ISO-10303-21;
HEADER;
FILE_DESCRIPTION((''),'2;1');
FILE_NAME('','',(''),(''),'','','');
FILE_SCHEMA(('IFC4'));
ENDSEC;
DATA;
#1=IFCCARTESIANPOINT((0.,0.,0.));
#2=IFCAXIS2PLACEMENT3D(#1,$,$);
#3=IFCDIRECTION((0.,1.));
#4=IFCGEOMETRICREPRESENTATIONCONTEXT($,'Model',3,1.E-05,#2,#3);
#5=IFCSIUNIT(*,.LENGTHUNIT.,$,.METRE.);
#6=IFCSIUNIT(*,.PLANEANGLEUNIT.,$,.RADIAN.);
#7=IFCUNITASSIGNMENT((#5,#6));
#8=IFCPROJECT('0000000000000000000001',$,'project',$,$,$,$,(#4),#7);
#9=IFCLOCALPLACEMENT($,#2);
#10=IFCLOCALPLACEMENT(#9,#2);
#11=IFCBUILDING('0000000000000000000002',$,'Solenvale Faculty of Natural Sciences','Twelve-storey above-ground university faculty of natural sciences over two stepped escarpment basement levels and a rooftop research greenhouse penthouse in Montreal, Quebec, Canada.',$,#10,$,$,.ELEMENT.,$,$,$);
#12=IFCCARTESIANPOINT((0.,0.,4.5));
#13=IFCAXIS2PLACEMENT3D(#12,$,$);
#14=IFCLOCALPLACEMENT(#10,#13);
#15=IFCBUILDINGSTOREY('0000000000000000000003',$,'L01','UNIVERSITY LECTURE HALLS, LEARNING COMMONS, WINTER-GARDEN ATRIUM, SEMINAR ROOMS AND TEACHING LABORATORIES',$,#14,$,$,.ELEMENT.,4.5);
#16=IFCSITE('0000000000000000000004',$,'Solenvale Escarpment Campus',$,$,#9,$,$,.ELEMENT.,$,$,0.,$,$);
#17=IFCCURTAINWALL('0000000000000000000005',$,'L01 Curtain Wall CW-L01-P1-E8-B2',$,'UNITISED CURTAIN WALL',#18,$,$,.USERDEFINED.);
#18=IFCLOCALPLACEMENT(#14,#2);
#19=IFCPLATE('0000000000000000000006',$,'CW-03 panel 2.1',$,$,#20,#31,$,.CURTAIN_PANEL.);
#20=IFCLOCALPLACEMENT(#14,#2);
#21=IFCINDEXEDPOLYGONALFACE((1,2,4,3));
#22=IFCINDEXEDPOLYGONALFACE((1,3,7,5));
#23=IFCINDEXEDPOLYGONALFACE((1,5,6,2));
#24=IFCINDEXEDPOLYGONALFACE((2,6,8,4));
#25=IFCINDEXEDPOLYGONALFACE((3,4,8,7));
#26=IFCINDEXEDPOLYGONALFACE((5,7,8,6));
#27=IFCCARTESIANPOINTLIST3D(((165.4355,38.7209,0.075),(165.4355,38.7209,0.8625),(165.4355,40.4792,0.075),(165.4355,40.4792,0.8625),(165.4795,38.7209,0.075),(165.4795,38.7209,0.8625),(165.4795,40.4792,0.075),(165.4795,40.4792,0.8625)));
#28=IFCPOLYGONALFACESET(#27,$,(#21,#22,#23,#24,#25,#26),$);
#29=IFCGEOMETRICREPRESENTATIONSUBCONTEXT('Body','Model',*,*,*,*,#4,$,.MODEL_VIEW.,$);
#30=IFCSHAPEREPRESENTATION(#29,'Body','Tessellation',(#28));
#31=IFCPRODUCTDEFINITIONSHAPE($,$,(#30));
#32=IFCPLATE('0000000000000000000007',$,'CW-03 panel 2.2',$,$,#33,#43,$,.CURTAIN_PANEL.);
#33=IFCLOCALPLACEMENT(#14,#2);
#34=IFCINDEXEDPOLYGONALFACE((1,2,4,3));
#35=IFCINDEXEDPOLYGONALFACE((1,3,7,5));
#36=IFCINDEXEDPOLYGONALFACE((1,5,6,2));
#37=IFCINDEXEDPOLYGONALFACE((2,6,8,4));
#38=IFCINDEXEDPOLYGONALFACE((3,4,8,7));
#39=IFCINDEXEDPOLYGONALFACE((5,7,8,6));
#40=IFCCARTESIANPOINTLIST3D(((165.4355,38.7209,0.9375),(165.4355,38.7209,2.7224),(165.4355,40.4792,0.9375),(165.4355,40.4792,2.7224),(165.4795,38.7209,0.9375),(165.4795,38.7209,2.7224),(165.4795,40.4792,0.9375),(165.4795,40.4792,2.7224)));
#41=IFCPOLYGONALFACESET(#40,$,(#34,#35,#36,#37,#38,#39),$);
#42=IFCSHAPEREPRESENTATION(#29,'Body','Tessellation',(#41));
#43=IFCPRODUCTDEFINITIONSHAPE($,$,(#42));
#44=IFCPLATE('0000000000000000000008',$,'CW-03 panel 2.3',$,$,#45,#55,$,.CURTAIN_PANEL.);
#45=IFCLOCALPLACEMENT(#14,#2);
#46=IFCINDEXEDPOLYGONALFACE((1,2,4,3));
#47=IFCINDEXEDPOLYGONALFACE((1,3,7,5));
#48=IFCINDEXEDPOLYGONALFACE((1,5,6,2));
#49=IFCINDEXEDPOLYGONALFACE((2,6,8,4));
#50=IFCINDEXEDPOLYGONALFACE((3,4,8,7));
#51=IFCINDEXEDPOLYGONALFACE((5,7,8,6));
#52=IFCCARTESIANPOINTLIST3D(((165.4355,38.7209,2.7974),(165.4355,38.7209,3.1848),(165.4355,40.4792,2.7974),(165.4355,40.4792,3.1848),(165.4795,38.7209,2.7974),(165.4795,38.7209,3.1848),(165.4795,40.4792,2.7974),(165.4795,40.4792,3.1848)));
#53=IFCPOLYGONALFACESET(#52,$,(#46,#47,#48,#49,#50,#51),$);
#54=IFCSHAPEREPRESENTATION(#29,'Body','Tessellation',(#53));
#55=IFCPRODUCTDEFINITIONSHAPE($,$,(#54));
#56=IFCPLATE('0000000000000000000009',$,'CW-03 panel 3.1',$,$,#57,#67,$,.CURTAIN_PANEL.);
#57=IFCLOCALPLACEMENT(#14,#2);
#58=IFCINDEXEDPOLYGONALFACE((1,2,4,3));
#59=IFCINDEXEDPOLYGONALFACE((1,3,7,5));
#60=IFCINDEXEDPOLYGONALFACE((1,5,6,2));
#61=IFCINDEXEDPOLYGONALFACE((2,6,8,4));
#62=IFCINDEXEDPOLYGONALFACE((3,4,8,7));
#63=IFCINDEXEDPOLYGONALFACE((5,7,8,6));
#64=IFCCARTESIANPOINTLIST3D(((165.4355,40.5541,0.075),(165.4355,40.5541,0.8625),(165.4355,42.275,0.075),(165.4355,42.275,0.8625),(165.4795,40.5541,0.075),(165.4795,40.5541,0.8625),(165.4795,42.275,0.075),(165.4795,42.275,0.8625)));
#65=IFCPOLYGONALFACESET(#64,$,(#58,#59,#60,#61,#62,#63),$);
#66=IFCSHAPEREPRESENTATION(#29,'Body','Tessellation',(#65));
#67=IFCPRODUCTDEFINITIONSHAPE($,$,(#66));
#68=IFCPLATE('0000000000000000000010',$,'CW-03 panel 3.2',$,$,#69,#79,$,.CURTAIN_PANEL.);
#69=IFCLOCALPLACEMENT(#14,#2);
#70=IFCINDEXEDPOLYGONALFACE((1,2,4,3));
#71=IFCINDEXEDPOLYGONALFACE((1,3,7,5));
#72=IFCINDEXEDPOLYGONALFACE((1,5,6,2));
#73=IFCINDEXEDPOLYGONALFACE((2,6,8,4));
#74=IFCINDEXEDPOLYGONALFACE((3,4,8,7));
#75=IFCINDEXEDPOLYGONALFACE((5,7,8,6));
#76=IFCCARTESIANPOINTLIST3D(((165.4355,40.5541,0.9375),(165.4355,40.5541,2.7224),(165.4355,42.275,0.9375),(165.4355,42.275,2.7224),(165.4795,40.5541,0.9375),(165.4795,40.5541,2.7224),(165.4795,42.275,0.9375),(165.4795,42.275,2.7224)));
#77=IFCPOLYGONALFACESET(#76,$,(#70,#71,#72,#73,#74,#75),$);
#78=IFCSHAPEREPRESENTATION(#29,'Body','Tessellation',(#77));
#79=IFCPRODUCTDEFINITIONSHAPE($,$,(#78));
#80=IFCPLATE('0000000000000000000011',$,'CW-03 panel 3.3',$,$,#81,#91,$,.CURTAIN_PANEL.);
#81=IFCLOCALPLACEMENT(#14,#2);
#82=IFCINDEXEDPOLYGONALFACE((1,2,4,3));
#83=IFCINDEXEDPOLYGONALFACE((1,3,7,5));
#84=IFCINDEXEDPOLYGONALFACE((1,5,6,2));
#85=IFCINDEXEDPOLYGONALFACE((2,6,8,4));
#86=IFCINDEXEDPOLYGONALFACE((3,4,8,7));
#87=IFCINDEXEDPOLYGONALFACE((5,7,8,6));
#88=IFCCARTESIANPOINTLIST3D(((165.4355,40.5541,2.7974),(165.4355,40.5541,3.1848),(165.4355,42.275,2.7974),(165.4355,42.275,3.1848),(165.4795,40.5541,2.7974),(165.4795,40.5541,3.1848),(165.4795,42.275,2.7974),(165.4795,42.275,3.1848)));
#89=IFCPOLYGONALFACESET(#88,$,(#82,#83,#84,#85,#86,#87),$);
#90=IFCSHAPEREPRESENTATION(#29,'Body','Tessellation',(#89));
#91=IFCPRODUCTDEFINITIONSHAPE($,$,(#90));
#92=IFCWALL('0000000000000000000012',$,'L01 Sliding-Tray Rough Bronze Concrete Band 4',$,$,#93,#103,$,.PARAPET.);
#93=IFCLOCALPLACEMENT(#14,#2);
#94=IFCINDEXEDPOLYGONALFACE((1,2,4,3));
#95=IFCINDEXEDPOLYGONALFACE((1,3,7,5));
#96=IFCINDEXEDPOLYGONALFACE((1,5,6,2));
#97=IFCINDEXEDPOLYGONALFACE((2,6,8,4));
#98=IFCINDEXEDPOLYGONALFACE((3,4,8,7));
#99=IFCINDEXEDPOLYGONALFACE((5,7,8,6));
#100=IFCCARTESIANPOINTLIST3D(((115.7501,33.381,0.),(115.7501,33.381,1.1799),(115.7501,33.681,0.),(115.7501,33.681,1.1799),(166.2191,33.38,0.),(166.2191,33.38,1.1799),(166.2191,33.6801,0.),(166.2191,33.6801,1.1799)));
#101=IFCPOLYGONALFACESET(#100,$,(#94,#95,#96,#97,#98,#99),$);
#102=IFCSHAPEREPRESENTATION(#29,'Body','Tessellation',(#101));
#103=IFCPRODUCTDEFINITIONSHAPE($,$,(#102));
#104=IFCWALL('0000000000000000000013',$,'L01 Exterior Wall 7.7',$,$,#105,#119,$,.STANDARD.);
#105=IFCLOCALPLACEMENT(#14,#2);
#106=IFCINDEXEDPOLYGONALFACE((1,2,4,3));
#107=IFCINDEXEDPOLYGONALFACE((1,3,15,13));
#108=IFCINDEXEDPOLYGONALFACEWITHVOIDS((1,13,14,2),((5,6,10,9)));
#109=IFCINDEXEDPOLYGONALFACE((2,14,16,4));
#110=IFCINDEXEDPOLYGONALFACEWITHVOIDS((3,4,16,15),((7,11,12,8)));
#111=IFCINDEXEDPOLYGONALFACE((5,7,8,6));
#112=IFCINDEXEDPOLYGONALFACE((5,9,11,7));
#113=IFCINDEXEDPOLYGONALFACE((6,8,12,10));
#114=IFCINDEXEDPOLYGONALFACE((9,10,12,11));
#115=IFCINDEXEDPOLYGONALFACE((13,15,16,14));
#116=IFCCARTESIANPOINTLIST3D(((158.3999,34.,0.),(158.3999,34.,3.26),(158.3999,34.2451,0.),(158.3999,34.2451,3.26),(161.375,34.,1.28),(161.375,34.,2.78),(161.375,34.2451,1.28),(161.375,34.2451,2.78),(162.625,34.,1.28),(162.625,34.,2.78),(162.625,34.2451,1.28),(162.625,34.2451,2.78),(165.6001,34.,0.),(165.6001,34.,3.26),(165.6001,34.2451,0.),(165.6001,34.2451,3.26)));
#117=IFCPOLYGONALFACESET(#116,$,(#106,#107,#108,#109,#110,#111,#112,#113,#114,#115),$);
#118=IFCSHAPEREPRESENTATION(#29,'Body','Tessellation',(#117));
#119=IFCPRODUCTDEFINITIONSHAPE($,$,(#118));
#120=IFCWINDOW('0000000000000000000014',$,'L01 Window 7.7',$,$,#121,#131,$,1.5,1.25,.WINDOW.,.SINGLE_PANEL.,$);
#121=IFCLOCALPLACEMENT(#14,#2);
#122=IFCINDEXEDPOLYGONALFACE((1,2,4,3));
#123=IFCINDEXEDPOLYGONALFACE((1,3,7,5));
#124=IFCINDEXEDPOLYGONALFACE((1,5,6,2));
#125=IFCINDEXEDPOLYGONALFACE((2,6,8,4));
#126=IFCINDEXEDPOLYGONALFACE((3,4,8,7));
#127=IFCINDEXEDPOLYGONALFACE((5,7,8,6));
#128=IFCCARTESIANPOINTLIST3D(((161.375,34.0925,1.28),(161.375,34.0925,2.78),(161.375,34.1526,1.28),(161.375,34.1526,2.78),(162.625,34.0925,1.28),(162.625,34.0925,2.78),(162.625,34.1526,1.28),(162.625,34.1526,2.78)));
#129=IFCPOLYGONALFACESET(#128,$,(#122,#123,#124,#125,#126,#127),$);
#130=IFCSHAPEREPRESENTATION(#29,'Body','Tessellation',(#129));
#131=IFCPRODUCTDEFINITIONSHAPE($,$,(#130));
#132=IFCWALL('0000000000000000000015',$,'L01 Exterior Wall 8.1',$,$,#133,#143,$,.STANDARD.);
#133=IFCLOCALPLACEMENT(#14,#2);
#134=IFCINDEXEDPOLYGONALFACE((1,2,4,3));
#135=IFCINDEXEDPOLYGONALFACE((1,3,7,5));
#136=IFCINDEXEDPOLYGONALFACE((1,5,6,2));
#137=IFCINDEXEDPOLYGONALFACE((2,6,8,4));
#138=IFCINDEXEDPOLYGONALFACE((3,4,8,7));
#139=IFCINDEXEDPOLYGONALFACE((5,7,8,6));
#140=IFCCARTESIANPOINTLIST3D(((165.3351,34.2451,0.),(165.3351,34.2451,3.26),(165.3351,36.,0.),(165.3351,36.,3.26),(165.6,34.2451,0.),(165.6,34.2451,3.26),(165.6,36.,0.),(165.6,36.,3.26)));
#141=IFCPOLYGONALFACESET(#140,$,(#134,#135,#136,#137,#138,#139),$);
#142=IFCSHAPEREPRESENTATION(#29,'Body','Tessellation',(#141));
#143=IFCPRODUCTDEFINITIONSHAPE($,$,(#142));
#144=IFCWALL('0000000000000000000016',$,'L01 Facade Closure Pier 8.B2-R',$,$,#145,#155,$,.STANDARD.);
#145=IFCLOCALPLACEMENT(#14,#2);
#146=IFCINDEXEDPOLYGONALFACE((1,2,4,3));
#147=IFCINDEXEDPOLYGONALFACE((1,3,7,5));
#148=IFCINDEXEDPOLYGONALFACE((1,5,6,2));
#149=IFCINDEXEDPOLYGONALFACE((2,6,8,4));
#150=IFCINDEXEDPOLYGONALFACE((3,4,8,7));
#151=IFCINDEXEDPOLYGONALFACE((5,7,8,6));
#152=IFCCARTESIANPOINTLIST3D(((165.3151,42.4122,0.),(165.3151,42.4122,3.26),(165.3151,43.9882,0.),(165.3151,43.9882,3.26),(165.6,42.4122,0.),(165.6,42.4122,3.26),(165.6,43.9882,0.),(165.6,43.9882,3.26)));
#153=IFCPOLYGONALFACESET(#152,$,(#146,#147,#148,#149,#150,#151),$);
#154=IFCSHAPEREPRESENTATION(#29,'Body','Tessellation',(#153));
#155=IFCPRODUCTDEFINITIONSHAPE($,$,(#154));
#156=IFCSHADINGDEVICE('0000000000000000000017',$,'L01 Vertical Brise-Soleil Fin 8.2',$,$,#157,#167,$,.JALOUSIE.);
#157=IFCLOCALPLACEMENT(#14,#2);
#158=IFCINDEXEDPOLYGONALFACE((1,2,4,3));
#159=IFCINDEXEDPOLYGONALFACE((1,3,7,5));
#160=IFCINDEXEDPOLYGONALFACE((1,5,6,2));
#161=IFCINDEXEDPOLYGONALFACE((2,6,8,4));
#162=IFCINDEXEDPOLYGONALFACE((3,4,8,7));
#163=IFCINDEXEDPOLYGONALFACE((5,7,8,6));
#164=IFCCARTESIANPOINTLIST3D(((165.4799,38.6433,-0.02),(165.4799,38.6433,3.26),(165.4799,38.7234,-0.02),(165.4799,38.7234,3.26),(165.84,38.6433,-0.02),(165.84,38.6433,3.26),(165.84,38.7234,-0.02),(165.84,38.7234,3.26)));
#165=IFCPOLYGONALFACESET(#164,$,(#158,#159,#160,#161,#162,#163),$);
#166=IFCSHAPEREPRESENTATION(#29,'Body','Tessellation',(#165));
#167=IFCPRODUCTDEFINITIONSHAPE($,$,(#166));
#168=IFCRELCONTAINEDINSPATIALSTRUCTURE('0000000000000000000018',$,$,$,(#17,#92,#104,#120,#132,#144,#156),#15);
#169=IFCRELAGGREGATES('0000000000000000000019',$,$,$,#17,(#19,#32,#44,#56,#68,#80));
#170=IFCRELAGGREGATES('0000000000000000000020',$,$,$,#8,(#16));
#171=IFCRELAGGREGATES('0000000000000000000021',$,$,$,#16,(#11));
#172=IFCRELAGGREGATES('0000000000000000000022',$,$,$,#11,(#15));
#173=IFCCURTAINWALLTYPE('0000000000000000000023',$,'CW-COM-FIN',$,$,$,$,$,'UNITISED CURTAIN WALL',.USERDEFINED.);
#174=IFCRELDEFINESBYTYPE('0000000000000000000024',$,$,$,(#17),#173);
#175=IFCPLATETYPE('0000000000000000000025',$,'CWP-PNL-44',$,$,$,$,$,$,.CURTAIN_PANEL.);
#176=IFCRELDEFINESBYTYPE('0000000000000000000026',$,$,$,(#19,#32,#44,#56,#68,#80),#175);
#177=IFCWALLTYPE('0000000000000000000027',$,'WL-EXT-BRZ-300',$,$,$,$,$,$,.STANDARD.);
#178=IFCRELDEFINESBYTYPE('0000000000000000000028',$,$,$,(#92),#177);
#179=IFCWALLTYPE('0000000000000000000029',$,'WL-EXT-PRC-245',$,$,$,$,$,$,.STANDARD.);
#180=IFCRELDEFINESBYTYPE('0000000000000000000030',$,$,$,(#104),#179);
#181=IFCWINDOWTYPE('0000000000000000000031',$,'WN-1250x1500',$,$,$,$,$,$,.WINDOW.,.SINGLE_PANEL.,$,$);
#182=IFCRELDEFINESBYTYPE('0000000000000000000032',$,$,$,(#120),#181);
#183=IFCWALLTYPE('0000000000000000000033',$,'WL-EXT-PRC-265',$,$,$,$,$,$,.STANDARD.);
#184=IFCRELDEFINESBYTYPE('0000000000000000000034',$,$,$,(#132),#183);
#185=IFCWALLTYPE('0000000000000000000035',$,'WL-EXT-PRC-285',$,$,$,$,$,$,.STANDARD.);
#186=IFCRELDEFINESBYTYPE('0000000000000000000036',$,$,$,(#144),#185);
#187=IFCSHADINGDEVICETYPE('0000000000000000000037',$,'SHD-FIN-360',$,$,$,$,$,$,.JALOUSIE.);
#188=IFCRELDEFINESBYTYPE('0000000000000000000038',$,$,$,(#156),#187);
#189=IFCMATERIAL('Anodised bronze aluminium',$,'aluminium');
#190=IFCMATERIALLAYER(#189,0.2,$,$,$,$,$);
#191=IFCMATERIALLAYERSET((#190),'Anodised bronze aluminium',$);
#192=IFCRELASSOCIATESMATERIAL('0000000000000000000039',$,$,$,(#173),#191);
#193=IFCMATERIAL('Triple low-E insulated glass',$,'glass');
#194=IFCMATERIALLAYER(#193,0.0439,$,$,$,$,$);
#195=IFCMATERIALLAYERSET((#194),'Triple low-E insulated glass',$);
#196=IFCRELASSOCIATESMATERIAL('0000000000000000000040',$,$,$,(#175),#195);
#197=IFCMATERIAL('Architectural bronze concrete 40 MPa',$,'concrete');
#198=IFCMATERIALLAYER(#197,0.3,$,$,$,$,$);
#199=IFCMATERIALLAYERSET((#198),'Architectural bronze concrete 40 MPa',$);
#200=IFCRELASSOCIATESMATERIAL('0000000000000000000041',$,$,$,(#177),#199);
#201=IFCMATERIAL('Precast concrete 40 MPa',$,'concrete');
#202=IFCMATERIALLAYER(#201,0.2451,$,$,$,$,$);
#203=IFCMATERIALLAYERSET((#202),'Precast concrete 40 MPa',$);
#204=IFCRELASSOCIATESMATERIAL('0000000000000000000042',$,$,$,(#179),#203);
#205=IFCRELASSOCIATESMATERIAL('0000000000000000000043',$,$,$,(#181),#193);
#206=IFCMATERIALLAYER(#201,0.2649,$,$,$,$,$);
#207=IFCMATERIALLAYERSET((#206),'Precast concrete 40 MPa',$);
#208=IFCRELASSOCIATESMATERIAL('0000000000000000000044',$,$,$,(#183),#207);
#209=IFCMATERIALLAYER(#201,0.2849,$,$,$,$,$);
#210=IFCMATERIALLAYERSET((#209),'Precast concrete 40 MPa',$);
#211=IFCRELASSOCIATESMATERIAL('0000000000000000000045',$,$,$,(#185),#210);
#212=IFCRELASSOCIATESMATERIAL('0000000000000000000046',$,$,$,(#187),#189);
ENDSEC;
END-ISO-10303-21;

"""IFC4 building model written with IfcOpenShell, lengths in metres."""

from ifc_helpers import new_model, si_unit, direction, frame, frame_2d, origin, origin_2d, place, context, subcontext, project, spatial, rectangle, extrude, material, layer, layer_set, material_profile, profile_set, type_object, element, fill, aggregate, save


model = new_model("IFC4")

# Units and contexts
model_context = context("Model", 3, precision=1e-05, world=origin(), true_north=direction((0.0, 1.0)))
body_context = subcontext(model_context, "Body", "Model", "MODEL_VIEW")
ifc_project = project(units=[si_unit("LENGTHUNIT", "METRE"), si_unit("PLANEANGLEUNIT", "RADIAN")], contexts=[model_context])

# Site, building, storey
site_placement = place(None, origin())
site = spatial("IfcSite", under=ifc_project, at=site_placement, Name="Solenvale Escarpment Campus", CompositionType="ELEMENT", RefElevation=0.0)
building_placement = place(site_placement, origin())
building = spatial("IfcBuilding", under=site, at=building_placement, Name="Solenvale Faculty of Natural Sciences", Description="Twelve-storey above-ground university faculty of natural sciences over two stepped escarpment basement levels and a rooftop research greenhouse penthouse in Montreal, Quebec, Canada.", CompositionType="ELEMENT")
storey_placement = place(building_placement, frame((0.0, 0.0, 4.5)))
storey = spatial("IfcBuildingStorey", under=building, at=storey_placement, Name="L01", Description="UNIVERSITY LECTURE HALLS, LEARNING COMMONS, WINTER-GARDEN ATRIUM, SEMINAR ROOMS AND TEACHING LABORATORIES", CompositionType="ELEMENT", Elevation=4.5)

# Curtain wall, plates
ifc_material_1 = material(Name="Anodised bronze aluminium", Category="aluminium")
ifc_layer_1 = layer(ifc_material_1, 0.2)
ifc_layer_set_1 = layer_set([ifc_layer_1], Name="Anodised bronze aluminium")
curtain_wall_type = type_object("IfcCurtainWallType", Name="CW-COM-FIN", ElementType="UNITISED CURTAIN WALL", PredefinedType="USERDEFINED", material=ifc_layer_set_1)
curtain_wall_placement = place(storey_placement, origin())
curtain_wall = element("IfcCurtainWall", 1, at=curtain_wall_placement, inside=storey, type_object=curtain_wall_type, Name="L01 Curtain Wall CW-L01-P1-E8-B2", ObjectType="UNITISED CURTAIN WALL", PredefinedType="USERDEFINED")
ifc_material_2 = material(Name="Triple low-E insulated glass", Category="glass")
ifc_layer_2 = layer(ifc_material_2, 0.0439)
ifc_layer_set_2 = layer_set([ifc_layer_2], Name="Triple low-E insulated glass")
plate_type = type_object("IfcPlateType", Name="CWP-PNL-44", PredefinedType="CURTAIN_PANEL", material=ifc_layer_set_2)
plate_1_placement = place(storey_placement, frame((165.4575, 39.6001, 0.075), z_axis=(0.0, 0.0, 1.0), x_axis=(0.0, 1.0, 0.0)))
plate_1 = element("IfcPlate", 2, at=plate_1_placement, type_object=plate_type, Name="CW-03 panel 2.1", PredefinedType="CURTAIN_PANEL", context=body_context, shape_type="SweptSolid", body=[
    extrude(rectangle(XDim=1.7583, YDim=0.0439, at=origin_2d()), origin(), (0.0, 0.0, 1.0), 0.7876),
])
plate_2_placement = place(storey_placement, frame((165.4575, 39.6001, 0.9375), z_axis=(0.0, 0.0, 1.0), x_axis=(0.0, 1.0, 0.0)))
plate_2 = element("IfcPlate", 3, at=plate_2_placement, type_object=plate_type, Name="CW-03 panel 2.2", PredefinedType="CURTAIN_PANEL", context=body_context, shape_type="SweptSolid", body=[
    extrude(rectangle(XDim=1.7583, YDim=0.0439, at=origin_2d()), origin(), (0.0, 0.0, 1.0), 1.7849),
])
plate_3_placement = place(storey_placement, frame((165.4575, 39.6001, 2.7974), z_axis=(0.0, 0.0, 1.0), x_axis=(0.0, 1.0, 0.0)))
plate_3 = element("IfcPlate", 4, at=plate_3_placement, type_object=plate_type, Name="CW-03 panel 2.3", PredefinedType="CURTAIN_PANEL", context=body_context, shape_type="SweptSolid", body=[
    extrude(rectangle(XDim=1.7583, YDim=0.0439, at=origin_2d()), origin(), (0.0, 0.0, 1.0), 0.3875),
])
plate_4_placement = place(storey_placement, frame((165.4575, 41.4146, 0.075), z_axis=(0.0, 0.0, 1.0), x_axis=(0.0, 1.0, 0.0)))
plate_4 = element("IfcPlate", 5, at=plate_4_placement, type_object=plate_type, Name="CW-03 panel 3.1", PredefinedType="CURTAIN_PANEL", context=body_context, shape_type="SweptSolid", body=[
    extrude(rectangle(XDim=1.7209, YDim=0.0439, at=origin_2d()), origin(), (0.0, 0.0, 1.0), 0.7876),
])
plate_5_placement = place(storey_placement, frame((165.4575, 41.4146, 0.9375), z_axis=(0.0, 0.0, 1.0), x_axis=(0.0, 1.0, 0.0)))
plate_5 = element("IfcPlate", 6, at=plate_5_placement, type_object=plate_type, Name="CW-03 panel 3.2", PredefinedType="CURTAIN_PANEL", context=body_context, shape_type="SweptSolid", body=[
    extrude(rectangle(XDim=1.7209, YDim=0.0439, at=origin_2d()), origin(), (0.0, 0.0, 1.0), 1.7849),
])
plate_6_placement = place(storey_placement, frame((165.4575, 41.4146, 2.7974), z_axis=(0.0, 0.0, 1.0), x_axis=(0.0, 1.0, 0.0)))
plate_6 = element("IfcPlate", 7, at=plate_6_placement, type_object=plate_type, Name="CW-03 panel 3.3", PredefinedType="CURTAIN_PANEL", context=body_context, shape_type="SweptSolid", body=[
    extrude(rectangle(XDim=1.7209, YDim=0.0439, at=origin_2d()), origin(), (0.0, 0.0, 1.0), 0.3875),
])
aggregate(curtain_wall, [plate_1, plate_2, plate_3, plate_4, plate_5, plate_6])

# Wall
ifc_material_3 = material(Name="Architectural bronze concrete 40 MPa", Category="concrete")
ifc_layer_3 = layer(ifc_material_3, 0.3)
ifc_layer_set_3 = layer_set([ifc_layer_3], Name="Architectural bronze concrete 40 MPa")
wall_type_1 = type_object("IfcWallType", Name="WL-EXT-BRZ-300", PredefinedType="STANDARD", material=ifc_layer_set_3)
wall_1_placement = place(storey_placement, frame((166.219, 33.53, 0.0), z_axis=(0.0, 0.0, 1.0), x_axis=(-1.0, 0.000019, 0.0)))
element("IfcWall", 8, at=wall_1_placement, inside=storey, type_object=wall_type_1, Name="L01 Sliding-Tray Rough Bronze Concrete Band 4", PredefinedType="PARAPET", context=body_context, shape_type="SweptSolid", body=[
    extrude(rectangle(XDim=50.469, YDim=0.3, at=frame_2d((25.2344, 0.0))), origin(), (0.0, 0.0, 1.0), 1.1799),
])

# Wall, opening, window
ifc_material_4 = material(Name="Precast concrete 40 MPa", Category="concrete")
ifc_layer_4 = layer(ifc_material_4, 0.2451)
ifc_layer_set_4 = layer_set([ifc_layer_4], Name="Precast concrete 40 MPa")
wall_type_2 = type_object("IfcWallType", Name="WL-EXT-PRC-245", PredefinedType="STANDARD", material=ifc_layer_set_4)
wall_2_placement = place(storey_placement, frame((165.6001, 34.1226, 0.0), z_axis=(0.0, 0.0, 1.0), x_axis=(-1.0, 0.0, 0.0)))
wall_2 = element("IfcWall", 9, at=wall_2_placement, inside=storey, type_object=wall_type_2, Name="L01 Exterior Wall 7.7", PredefinedType="STANDARD", context=body_context, shape_type="SweptSolid", body=[
    extrude(rectangle(XDim=7.2002, YDim=0.2451, at=frame_2d((3.6001, 0.0))), origin(), (0.0, 0.0, 1.0), 3.26),
])
opening_placement = place(wall_2_placement, frame((2.9751, 0.0, 1.28)))
opening = element("IfcOpeningElement", 10, at=opening_placement, cuts=wall_2, PredefinedType="OPENING", context=body_context, shape_type="SweptSolid", body=[
    extrude(rectangle(XDim=1.25, YDim=1.5, at=frame_2d((0.625, 0.75))), frame((0.0, 0.1326, 0.0), z_axis=(0.0, -1.0, 0.0), x_axis=(1.0, 0.0, 0.0)), (0.0, 0.0, 1.0), 0.2651),
])
window_type = type_object("IfcWindowType", Name="WN-1250x1500", PartitioningType="SINGLE_PANEL", PredefinedType="WINDOW", material=ifc_material_2)
window_placement = place(opening_placement, origin())
window = element("IfcWindow", 11, at=window_placement, inside=storey, type_object=window_type, Name="L01 Window 7.7", OverallHeight=1.5, OverallWidth=1.25, PartitioningType="SINGLE_PANEL", PredefinedType="WINDOW", context=body_context, shape_type="SweptSolid", body=[
    extrude(rectangle(XDim=1.25, YDim=1.5, at=frame_2d((0.625, 0.75))), frame((0.0, 0.03, 0.0), z_axis=(0.0, -1.0, 0.0), x_axis=(1.0, 0.0, 0.0)), (0.0, 0.0, 1.0), 0.0601),
])
fill(opening, window)

# Walls
ifc_layer_5 = layer(ifc_material_4, 0.2649)
ifc_layer_set_5 = layer_set([ifc_layer_5], Name="Precast concrete 40 MPa")
wall_type_3 = type_object("IfcWallType", Name="WL-EXT-PRC-265", PredefinedType="STANDARD", material=ifc_layer_set_5)
wall_3_placement = place(storey_placement, frame((165.4675, 36.0, 0.0), z_axis=(0.0, 0.0, 1.0), x_axis=(0.0, -1.0, 0.0)))
element("IfcWall", 12, at=wall_3_placement, inside=storey, type_object=wall_type_3, Name="L01 Exterior Wall 8.1", PredefinedType="STANDARD", context=body_context, shape_type="SweptSolid", body=[
    extrude(rectangle(XDim=1.7549, YDim=0.2649, at=frame_2d((0.8774, 0.0))), origin(), (0.0, 0.0, 1.0), 3.26),
])
ifc_layer_6 = layer(ifc_material_4, 0.2849)
ifc_layer_set_6 = layer_set([ifc_layer_6], Name="Precast concrete 40 MPa")
wall_type_4 = type_object("IfcWallType", Name="WL-EXT-PRC-285", PredefinedType="STANDARD", material=ifc_layer_set_6)
wall_4_placement = place(storey_placement, frame((165.4575, 42.4121, 0.0), z_axis=(0.0, 0.0, 1.0), x_axis=(0.0, 1.0, 0.0)))
element("IfcWall", 13, at=wall_4_placement, inside=storey, type_object=wall_type_4, Name="L01 Facade Closure Pier 8.B2-R", PredefinedType="STANDARD", context=body_context, shape_type="SweptSolid", body=[
    extrude(rectangle(XDim=1.5759, YDim=0.2849, at=frame_2d((0.7881, 0.0))), origin(), (0.0, 0.0, 1.0), 3.26),
])

# Shading device
ifc_material_profile_1 = material_profile(ifc_material_1, rectangle(XDim=0.0801, YDim=0.3601, at=origin_2d()), Name="ALU-FIN-80x360")
ifc_profile_set_1 = profile_set([ifc_material_profile_1], Name="Anodised bronze aluminium")
shading_device_type = type_object("IfcShadingDeviceType", Name="SHD-FIN-360", PredefinedType="JALOUSIE", material=ifc_profile_set_1)
shading_device_placement = place(storey_placement, frame((165.6599, 38.6833, -0.02), z_axis=(0.0, 0.0, 1.0), x_axis=(0.0, 1.0, 0.0)))
element("IfcShadingDevice", 14, at=shading_device_placement, inside=storey, type_object=shading_device_type, Name="L01 Vertical Brise-Soleil Fin 8.2", PredefinedType="JALOUSIE", context=body_context, shape_type="SweptSolid", body=[
    extrude(rectangle(XDim=0.0801, YDim=0.3601, at=origin_2d()), origin(), (0.0, 0.0, 1.0), 3.28),
])

save(model, "model.ifc")
